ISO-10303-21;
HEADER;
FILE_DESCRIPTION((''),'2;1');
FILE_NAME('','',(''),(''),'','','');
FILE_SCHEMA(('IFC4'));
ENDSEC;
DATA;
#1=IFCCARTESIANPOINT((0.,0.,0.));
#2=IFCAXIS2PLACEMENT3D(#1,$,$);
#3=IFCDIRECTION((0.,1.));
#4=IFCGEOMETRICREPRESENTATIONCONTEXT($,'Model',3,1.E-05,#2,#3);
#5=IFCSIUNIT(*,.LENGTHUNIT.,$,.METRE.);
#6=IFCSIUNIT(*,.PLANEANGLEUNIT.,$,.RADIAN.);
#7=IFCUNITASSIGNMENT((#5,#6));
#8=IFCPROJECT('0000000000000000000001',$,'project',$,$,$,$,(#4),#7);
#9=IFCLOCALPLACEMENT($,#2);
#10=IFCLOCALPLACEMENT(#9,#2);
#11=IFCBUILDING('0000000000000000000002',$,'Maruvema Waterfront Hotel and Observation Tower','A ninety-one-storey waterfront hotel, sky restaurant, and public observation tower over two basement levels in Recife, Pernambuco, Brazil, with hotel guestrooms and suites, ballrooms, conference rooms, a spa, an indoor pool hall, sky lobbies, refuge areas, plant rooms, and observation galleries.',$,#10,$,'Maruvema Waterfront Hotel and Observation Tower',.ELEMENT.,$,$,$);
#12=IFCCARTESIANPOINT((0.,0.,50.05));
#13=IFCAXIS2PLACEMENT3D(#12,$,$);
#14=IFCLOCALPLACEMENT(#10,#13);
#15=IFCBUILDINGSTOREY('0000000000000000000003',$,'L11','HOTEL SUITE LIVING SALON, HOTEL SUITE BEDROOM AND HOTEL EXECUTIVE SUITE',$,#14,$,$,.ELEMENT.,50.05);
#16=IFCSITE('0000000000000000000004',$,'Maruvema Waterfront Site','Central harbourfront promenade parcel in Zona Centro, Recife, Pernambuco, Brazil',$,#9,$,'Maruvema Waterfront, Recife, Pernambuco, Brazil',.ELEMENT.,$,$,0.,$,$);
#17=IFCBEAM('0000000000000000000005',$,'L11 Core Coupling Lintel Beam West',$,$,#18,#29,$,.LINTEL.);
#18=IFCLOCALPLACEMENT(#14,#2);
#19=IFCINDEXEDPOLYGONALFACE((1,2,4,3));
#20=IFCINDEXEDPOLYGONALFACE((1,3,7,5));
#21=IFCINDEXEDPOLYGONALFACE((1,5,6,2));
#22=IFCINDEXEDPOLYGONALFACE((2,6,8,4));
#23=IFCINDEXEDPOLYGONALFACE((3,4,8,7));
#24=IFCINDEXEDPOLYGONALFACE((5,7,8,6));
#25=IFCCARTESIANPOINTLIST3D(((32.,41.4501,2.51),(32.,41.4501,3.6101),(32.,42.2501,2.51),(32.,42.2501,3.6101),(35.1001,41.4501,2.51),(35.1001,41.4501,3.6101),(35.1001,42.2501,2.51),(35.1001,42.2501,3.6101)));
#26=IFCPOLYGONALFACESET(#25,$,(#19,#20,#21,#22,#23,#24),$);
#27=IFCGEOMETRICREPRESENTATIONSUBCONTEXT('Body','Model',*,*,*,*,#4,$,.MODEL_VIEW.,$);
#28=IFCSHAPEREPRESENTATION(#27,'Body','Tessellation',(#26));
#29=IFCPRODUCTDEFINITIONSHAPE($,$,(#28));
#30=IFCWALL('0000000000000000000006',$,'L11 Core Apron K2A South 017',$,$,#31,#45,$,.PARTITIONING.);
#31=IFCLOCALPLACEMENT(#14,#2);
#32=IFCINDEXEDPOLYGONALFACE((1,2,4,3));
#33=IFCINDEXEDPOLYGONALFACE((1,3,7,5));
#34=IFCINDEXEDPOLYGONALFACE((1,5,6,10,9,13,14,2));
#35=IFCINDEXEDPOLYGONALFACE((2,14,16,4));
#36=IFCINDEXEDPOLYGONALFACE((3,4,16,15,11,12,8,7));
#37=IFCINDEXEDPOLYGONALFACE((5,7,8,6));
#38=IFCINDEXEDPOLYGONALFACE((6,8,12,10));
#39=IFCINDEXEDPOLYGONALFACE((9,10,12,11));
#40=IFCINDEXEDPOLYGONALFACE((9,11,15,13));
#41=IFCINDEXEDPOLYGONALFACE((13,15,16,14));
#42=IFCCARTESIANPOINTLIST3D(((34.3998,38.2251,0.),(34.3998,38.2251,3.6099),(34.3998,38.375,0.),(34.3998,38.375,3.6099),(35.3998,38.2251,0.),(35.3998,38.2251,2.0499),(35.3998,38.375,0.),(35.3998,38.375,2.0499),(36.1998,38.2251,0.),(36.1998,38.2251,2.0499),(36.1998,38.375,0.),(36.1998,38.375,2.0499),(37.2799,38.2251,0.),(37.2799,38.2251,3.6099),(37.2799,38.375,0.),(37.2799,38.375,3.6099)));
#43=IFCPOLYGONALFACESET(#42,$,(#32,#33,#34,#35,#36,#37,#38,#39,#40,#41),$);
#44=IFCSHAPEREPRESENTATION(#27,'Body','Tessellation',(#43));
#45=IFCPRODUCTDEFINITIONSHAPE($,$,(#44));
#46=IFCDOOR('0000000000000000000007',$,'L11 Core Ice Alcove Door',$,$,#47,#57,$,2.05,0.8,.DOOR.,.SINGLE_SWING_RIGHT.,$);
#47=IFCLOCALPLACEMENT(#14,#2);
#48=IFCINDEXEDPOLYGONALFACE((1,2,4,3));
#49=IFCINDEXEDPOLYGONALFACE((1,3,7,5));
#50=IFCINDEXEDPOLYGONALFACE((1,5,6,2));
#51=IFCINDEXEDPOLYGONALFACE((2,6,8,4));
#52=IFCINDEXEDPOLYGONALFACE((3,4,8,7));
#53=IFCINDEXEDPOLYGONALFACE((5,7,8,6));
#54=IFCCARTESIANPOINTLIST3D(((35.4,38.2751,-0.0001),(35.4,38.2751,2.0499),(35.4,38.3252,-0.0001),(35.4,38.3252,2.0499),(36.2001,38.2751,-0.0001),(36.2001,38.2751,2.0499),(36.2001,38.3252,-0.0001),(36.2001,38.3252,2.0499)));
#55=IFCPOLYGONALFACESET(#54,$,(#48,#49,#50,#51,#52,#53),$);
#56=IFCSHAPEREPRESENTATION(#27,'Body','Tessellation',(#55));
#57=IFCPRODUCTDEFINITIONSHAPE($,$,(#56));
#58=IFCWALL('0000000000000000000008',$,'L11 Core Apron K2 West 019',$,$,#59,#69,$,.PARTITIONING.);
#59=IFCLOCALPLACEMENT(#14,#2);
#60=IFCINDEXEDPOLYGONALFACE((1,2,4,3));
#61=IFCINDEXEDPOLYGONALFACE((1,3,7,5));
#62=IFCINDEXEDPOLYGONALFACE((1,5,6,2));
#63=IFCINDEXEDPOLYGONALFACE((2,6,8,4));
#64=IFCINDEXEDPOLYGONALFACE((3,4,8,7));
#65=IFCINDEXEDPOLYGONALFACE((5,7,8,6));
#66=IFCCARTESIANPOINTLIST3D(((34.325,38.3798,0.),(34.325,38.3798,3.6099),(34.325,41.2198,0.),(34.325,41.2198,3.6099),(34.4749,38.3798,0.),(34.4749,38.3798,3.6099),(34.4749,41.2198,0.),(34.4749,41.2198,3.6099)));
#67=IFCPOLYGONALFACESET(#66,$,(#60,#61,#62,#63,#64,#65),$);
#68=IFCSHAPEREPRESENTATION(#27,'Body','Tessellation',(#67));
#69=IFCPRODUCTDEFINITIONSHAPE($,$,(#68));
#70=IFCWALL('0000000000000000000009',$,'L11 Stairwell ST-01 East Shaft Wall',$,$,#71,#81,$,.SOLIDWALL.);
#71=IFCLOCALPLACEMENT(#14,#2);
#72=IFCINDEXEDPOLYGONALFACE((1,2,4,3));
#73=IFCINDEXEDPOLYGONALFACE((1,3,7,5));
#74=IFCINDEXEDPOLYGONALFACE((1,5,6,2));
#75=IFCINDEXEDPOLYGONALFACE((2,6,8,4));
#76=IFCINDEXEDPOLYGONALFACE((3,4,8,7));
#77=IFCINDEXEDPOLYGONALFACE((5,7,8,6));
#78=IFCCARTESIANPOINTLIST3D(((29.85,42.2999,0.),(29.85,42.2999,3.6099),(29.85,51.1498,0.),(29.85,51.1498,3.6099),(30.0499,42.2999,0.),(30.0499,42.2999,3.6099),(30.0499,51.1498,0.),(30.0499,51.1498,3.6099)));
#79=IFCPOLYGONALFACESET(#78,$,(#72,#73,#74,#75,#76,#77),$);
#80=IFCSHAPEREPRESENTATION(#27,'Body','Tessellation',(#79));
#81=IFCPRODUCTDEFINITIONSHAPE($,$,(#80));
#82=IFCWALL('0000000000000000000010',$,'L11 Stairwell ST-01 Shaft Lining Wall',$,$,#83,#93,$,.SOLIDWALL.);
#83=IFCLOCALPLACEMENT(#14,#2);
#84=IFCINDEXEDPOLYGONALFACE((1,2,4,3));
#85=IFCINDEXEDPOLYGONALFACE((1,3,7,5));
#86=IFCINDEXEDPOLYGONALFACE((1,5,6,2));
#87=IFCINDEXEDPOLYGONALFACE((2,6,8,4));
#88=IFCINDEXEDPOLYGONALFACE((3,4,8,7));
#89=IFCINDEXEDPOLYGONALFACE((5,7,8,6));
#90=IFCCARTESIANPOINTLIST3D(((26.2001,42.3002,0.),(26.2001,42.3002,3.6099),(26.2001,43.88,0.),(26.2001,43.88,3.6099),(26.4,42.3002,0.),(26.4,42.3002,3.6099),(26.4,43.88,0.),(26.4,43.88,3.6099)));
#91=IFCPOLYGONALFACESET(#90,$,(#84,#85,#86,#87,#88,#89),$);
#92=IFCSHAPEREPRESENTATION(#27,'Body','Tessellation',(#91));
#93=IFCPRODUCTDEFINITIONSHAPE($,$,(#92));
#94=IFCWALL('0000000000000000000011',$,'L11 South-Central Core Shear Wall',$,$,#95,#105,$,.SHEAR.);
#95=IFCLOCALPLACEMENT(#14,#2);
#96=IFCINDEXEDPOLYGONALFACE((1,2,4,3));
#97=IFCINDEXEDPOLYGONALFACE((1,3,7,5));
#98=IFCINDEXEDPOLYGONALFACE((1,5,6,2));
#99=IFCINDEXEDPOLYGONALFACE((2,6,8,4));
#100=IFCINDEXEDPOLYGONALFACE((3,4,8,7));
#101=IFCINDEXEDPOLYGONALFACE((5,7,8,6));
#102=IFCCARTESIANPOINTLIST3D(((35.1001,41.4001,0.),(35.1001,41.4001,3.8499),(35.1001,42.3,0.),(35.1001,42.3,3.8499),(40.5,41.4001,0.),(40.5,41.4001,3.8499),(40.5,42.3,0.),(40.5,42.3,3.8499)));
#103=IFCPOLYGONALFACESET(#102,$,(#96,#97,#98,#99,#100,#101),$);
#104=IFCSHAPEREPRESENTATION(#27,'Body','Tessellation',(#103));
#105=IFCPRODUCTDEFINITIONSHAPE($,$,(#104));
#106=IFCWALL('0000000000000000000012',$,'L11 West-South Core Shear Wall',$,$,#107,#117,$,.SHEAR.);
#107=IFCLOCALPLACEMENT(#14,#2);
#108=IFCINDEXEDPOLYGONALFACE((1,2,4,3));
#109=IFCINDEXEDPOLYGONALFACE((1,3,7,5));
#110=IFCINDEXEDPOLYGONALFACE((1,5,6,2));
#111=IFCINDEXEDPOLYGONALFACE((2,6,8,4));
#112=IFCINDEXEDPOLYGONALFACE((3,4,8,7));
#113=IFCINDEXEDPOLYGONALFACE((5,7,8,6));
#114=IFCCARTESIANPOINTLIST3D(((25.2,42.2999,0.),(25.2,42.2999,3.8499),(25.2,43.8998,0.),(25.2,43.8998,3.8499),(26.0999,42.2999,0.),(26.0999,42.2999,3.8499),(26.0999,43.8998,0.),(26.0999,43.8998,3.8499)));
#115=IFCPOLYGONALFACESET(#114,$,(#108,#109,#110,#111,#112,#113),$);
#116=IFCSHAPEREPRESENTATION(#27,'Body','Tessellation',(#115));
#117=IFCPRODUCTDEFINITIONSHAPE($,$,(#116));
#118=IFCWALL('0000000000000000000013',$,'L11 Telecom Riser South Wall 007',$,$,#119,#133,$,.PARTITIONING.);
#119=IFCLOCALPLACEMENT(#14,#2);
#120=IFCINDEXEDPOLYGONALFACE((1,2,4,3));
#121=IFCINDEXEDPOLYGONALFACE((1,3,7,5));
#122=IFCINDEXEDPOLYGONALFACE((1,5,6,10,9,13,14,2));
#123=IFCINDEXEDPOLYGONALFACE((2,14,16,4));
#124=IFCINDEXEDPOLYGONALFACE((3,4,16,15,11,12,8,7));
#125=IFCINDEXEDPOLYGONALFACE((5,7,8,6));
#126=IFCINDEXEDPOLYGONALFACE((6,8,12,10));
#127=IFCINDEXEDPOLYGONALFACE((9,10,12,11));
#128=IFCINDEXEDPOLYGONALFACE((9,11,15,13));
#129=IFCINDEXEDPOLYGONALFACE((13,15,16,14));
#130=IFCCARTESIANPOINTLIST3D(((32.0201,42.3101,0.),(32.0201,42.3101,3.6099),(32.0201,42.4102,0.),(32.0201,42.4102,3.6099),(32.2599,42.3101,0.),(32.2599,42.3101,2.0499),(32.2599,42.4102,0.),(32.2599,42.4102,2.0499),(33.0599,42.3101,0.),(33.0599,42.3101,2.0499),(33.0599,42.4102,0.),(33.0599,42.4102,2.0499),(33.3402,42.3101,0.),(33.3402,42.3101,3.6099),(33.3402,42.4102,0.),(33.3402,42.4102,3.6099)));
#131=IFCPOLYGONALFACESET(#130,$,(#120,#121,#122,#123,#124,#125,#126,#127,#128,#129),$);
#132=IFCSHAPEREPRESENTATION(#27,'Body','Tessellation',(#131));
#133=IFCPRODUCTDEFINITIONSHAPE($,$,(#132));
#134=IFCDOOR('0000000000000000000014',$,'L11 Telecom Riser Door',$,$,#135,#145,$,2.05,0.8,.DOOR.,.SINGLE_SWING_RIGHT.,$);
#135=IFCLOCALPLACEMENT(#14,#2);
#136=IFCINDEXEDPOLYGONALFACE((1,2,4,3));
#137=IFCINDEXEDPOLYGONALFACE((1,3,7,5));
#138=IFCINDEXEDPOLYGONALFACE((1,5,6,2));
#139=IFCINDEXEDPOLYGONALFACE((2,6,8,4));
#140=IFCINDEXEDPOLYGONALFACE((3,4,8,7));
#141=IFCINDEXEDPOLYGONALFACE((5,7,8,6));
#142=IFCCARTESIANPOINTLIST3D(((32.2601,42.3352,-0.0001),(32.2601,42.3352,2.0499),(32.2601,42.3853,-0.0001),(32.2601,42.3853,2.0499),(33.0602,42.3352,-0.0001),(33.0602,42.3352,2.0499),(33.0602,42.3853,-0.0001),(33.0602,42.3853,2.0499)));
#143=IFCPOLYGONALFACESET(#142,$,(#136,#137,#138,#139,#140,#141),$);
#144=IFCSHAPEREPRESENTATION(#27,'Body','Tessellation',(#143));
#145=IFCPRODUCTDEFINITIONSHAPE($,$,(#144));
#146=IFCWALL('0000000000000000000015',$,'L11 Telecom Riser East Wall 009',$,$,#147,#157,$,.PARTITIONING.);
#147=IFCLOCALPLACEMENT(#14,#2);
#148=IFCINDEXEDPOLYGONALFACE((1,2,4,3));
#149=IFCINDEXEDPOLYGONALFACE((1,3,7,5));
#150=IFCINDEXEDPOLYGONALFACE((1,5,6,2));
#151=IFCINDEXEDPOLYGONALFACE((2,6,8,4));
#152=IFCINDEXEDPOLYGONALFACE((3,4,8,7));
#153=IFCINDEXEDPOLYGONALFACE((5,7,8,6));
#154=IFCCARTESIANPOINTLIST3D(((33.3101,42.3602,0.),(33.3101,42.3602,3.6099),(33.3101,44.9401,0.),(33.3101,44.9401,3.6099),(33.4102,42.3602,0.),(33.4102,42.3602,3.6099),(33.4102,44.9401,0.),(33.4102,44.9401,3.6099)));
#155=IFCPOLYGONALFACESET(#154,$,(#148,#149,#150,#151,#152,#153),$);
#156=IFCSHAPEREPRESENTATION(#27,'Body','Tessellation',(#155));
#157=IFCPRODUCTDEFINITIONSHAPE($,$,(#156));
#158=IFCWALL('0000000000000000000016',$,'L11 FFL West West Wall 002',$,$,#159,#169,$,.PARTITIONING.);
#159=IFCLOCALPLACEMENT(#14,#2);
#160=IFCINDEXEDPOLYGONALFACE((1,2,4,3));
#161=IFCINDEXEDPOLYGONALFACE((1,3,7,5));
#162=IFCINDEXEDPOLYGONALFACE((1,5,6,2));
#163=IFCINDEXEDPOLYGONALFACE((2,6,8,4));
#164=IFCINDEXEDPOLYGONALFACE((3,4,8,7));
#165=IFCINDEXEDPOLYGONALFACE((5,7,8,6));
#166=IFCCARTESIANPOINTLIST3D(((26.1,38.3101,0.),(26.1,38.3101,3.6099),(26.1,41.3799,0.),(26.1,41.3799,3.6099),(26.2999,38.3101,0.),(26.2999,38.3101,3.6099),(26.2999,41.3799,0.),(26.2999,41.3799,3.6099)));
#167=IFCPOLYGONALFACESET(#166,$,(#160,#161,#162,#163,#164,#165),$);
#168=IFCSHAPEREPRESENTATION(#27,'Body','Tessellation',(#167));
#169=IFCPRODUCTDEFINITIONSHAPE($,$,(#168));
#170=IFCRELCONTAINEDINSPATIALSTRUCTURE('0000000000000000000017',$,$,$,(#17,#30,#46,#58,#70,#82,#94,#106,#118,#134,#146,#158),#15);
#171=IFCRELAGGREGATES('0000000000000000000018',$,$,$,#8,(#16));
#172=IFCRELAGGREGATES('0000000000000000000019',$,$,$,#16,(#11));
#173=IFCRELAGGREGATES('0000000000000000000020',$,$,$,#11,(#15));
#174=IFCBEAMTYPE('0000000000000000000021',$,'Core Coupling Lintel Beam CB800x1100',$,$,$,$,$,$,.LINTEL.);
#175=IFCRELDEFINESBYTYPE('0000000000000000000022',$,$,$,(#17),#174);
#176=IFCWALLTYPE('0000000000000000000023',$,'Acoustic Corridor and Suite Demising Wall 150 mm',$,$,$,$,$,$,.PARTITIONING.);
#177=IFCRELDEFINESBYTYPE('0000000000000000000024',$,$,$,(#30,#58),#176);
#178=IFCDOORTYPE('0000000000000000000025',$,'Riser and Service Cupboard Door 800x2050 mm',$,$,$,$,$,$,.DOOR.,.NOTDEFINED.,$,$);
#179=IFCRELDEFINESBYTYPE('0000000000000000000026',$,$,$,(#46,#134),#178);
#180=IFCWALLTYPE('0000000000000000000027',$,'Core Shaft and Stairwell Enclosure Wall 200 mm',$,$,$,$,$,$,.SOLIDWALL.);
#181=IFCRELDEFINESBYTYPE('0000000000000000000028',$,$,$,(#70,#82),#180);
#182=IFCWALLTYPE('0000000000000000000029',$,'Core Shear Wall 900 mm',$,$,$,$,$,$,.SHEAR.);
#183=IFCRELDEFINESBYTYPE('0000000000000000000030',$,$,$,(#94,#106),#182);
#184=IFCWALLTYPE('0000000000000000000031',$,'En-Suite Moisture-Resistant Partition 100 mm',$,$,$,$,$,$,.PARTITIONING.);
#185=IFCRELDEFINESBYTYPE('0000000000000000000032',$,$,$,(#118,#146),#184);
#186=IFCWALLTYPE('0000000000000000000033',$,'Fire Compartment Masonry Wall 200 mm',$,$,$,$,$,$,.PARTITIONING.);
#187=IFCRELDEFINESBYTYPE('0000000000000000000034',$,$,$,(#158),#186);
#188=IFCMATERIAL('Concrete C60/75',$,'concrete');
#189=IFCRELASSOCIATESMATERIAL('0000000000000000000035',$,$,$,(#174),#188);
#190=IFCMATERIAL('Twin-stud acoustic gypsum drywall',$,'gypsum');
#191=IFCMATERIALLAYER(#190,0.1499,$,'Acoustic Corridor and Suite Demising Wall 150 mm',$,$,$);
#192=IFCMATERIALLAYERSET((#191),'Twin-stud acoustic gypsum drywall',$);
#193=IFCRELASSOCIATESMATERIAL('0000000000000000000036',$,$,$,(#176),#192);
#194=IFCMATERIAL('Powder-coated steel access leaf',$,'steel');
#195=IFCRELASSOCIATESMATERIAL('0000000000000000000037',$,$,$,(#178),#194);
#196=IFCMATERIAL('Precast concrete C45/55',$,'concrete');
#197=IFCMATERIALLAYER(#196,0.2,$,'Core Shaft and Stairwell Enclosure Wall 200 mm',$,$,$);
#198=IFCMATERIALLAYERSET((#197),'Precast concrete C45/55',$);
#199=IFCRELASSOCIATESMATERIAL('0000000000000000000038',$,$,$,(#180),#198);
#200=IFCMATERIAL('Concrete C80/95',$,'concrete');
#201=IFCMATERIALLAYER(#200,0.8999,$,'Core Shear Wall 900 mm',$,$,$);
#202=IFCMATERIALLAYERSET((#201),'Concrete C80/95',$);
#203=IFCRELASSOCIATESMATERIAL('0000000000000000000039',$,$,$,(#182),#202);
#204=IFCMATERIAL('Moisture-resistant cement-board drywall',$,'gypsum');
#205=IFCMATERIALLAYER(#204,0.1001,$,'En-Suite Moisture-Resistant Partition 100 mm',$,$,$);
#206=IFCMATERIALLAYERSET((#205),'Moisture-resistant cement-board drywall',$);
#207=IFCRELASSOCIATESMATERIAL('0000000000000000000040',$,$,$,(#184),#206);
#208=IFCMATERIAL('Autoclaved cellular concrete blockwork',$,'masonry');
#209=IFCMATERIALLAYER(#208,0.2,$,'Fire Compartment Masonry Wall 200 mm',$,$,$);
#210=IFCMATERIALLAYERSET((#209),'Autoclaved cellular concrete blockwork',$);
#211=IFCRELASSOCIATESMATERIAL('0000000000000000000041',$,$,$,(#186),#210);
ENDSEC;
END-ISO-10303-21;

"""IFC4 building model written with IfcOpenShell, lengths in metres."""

from ifc_helpers import new_model, si_unit, direction, frame, frame_2d, origin, origin_2d, place, context, subcontext, project, spatial, rectangle, extrude, material, layer, layer_set, material_profile, profile_set, type_object, element, fill, save


model = new_model("IFC4")

# Units and contexts
model_context = context("Model", 3, precision=1e-05, world=origin(), true_north=direction((0.0, 1.0)))
body_context = subcontext(model_context, "Body", "Model", "MODEL_VIEW")
ifc_project = project(units=[si_unit("LENGTHUNIT", "METRE"), si_unit("PLANEANGLEUNIT", "RADIAN")], contexts=[model_context])

# Site, building, storey
site_placement = place(None, origin())
site = spatial("IfcSite", under=ifc_project, at=site_placement, Name="Maruvema Waterfront Site", Description="Central harbourfront promenade parcel in Zona Centro, Recife, Pernambuco, Brazil", LongName="Maruvema Waterfront, Recife, Pernambuco, Brazil", CompositionType="ELEMENT", RefElevation=0.0)
building_placement = place(site_placement, origin())
building = spatial("IfcBuilding", under=site, at=building_placement, Name="Maruvema Waterfront Hotel and Observation Tower", Description="A ninety-one-storey waterfront hotel, sky restaurant, and public observation tower over two basement levels in Recife, Pernambuco, Brazil, with hotel guestrooms and suites, ballrooms, conference rooms, a spa, an indoor pool hall, sky lobbies, refuge areas, plant rooms, and observation galleries.", LongName="Maruvema Waterfront Hotel and Observation Tower", CompositionType="ELEMENT")
storey_placement = place(building_placement, frame((0.0, 0.0, 50.05)))
storey = spatial("IfcBuildingStorey", under=building, at=storey_placement, Name="L11", Description="HOTEL SUITE LIVING SALON, HOTEL SUITE BEDROOM AND HOTEL EXECUTIVE SUITE", CompositionType="ELEMENT", Elevation=50.05)

# Beam
ifc_material_1 = material(Name="Concrete C60/75", Category="concrete")
ifc_material_profile = material_profile(ifc_material_1, rectangle(XDim=0.8, YDim=1.1001, at=origin_2d()), Name="CB800x1100")
ifc_profile_set = profile_set([ifc_material_profile], Name="Concrete C60/75")
beam_type = type_object("IfcBeamType", Name="Core Coupling Lintel Beam CB800x1100", PredefinedType="LINTEL", material=ifc_profile_set)
beam_placement = place(storey_placement, frame((32.0, 41.8501, 3.0601), z_axis=(1.0, 0.0, 0.0), x_axis=(0.0, 1.0, 0.0)))
element("IfcBeam", 1, at=beam_placement, inside=storey, type_object=beam_type, Name="L11 Core Coupling Lintel Beam West", PredefinedType="LINTEL", context=body_context, shape_type="SweptSolid", body=[
    extrude(rectangle(XDim=0.8, YDim=1.1001, at=origin_2d()), origin(), (0.0, 0.0, 1.0), 3.1001),
])

# Wall, opening, door
ifc_material_2 = material(Name="Twin-stud acoustic gypsum drywall", Category="gypsum")
ifc_layer_1 = layer(ifc_material_2, 0.1499, Name="Acoustic Corridor and Suite Demising Wall 150 mm")
ifc_layer_set_1 = layer_set([ifc_layer_1], Name="Twin-stud acoustic gypsum drywall")
wall_type_1 = type_object("IfcWallType", Name="Acoustic Corridor and Suite Demising Wall 150 mm", PredefinedType="PARTITIONING", material=ifc_layer_set_1)
wall_1_placement = place(storey_placement, frame((34.3999, 38.3, 0.0), z_axis=(0.0, 0.0, 1.0), x_axis=(1.0, 0.0, 0.0)))
wall_1 = element("IfcWall", 2, at=wall_1_placement, inside=storey, type_object=wall_type_1, Name="L11 Core Apron K2A South 017", PredefinedType="PARTITIONING", context=body_context, shape_type="SweptSolid", body=[
    extrude(rectangle(XDim=2.8801, YDim=0.1499, at=frame_2d((1.4399, 0.0))), origin(), (0.0, 0.0, 1.0), 3.6099),
])
opening_1_placement = place(wall_1_placement, frame((1.0, 0.0, 0.0)))
opening_1 = element("IfcOpeningElement", 3, at=opening_1_placement, cuts=wall_1, PredefinedType="OPENING", context=body_context, shape_type="SweptSolid", body=[
    extrude(rectangle(XDim=0.8, YDim=2.05, at=frame_2d((0.3999, 1.0249))), frame((0.0, 0.085, 0.0), z_axis=(0.0, -1.0, 0.0), x_axis=(1.0, 0.0, 0.0)), (0.0, 0.0, 1.0), 0.1699),
])
ifc_material_3 = material(Name="Powder-coated steel access leaf", Category="steel")
door_type_1 = type_object("IfcDoorType", Name="Riser and Service Cupboard Door 800x2050 mm", OperationType="NOTDEFINED", PredefinedType="DOOR", material=ifc_material_3)
door_1_placement = place(opening_1_placement, frame((0.8, 0.0, 0.0), z_axis=(0.0, 0.0, 1.0), x_axis=(-1.0, 0.0, 0.0)))
door_1 = element("IfcDoor", 4, at=door_1_placement, inside=storey, type_object=door_type_1, Name="L11 Core Ice Alcove Door", OperationType="SINGLE_SWING_RIGHT", OverallHeight=2.05, OverallWidth=0.8, PredefinedType="DOOR", context=body_context, shape_type="SweptSolid", body=[
    extrude(rectangle(XDim=0.8, YDim=2.05, at=frame_2d((0.3999, 1.0249))), frame((0.0, 0.0249, 0.0), z_axis=(0.0, -1.0, 0.0), x_axis=(1.0, 0.0, 0.0)), (0.0, 0.0, 1.0), 0.05),
])
fill(opening_1, door_1)

# Walls
wall_2_placement = place(storey_placement, frame((34.3999, 38.3799, 0.0), z_axis=(0.0, 0.0, 1.0), x_axis=(0.0, 1.0, 0.0)))
element("IfcWall", 5, at=wall_2_placement, inside=storey, type_object=wall_type_1, Name="L11 Core Apron K2 West 019", PredefinedType="PARTITIONING", context=body_context, shape_type="SweptSolid", body=[
    extrude(rectangle(XDim=2.8401, YDim=0.1499, at=frame_2d((1.4199, 0.0))), origin(), (0.0, 0.0, 1.0), 3.6099),
])
ifc_material_4 = material(Name="Precast concrete C45/55", Category="concrete")
ifc_layer_2 = layer(ifc_material_4, 0.2, Name="Core Shaft and Stairwell Enclosure Wall 200 mm")
ifc_layer_set_2 = layer_set([ifc_layer_2], Name="Precast concrete C45/55")
wall_type_2 = type_object("IfcWallType", Name="Core Shaft and Stairwell Enclosure Wall 200 mm", PredefinedType="SOLIDWALL", material=ifc_layer_set_2)
wall_3_placement = place(storey_placement, frame((29.95, 42.3, 0.0), z_axis=(0.0, 0.0, 1.0), x_axis=(0.0, 1.0, 0.0)))
element("IfcWall", 6, at=wall_3_placement, inside=storey, type_object=wall_type_2, Name="L11 Stairwell ST-01 East Shaft Wall", PredefinedType="SOLIDWALL", context=body_context, shape_type="SweptSolid", body=[
    extrude(rectangle(XDim=8.8499, YDim=0.2, at=frame_2d((4.4248, 0.0))), origin(), (0.0, 0.0, 1.0), 3.6099),
])
wall_4_placement = place(storey_placement, frame((26.3, 42.3, 0.0), z_axis=(0.0, 0.0, 1.0), x_axis=(0.0, 1.0, 0.0)))
element("IfcWall", 7, at=wall_4_placement, inside=storey, type_object=wall_type_2, Name="L11 Stairwell ST-01 Shaft Lining Wall", PredefinedType="SOLIDWALL", context=body_context, shape_type="SweptSolid", body=[
    extrude(rectangle(XDim=1.5798, YDim=0.2, at=frame_2d((0.79, 0.0))), origin(), (0.0, 0.0, 1.0), 3.6099),
])

# Shared definitions
ifc_material_5 = material(Name="Concrete C80/95", Category="concrete")
ifc_layer_3 = layer(ifc_material_5, 0.8999, Name="Core Shear Wall 900 mm")
ifc_layer_set_3 = layer_set([ifc_layer_3], Name="Concrete C80/95")
wall_type_3 = type_object("IfcWallType", Name="Core Shear Wall 900 mm", PredefinedType="SHEAR", material=ifc_layer_set_3)

# Walls
wall_5_placement = place(storey_placement, frame((35.1001, 41.8501, 0.0), z_axis=(0.0, 0.0, 1.0), x_axis=(1.0, 0.0, 0.0)))
element("IfcWall", 8, at=wall_5_placement, inside=storey, type_object=wall_type_3, Name="L11 South-Central Core Shear Wall", PredefinedType="SHEAR", context=body_context, shape_type="SweptSolid", body=[
    extrude(rectangle(XDim=5.3999, YDim=0.8999, at=frame_2d((2.7, 0.0))), origin(), (0.0, 0.0, 1.0), 3.8499),
])
wall_6_placement = place(storey_placement, frame((25.6499, 42.3, 0.0), z_axis=(0.0, 0.0, 1.0), x_axis=(0.0, 1.0, 0.0)))
element("IfcWall", 9, at=wall_6_placement, inside=storey, type_object=wall_type_3, Name="L11 West-South Core Shear Wall", PredefinedType="SHEAR", context=body_context, shape_type="SweptSolid", body=[
    extrude(rectangle(XDim=1.5999, YDim=0.8999, at=frame_2d((0.7998, 0.0))), origin(), (0.0, 0.0, 1.0), 3.8499),
])

# Wall, opening, door
ifc_material_6 = material(Name="Moisture-resistant cement-board drywall", Category="gypsum")
ifc_layer_4 = layer(ifc_material_6, 0.1001, Name="En-Suite Moisture-Resistant Partition 100 mm")
ifc_layer_set_4 = layer_set([ifc_layer_4], Name="Moisture-resistant cement-board drywall")
wall_type_4 = type_object("IfcWallType", Name="En-Suite Moisture-Resistant Partition 100 mm", PredefinedType="PARTITIONING", material=ifc_layer_set_4)
wall_7_placement = place(storey_placement, frame((32.02, 42.3601, 0.0), z_axis=(0.0, 0.0, 1.0), x_axis=(1.0, 0.0, 0.0)))
wall_7 = element("IfcWall", 10, at=wall_7_placement, inside=storey, type_object=wall_type_4, Name="L11 Telecom Riser South Wall 007", PredefinedType="PARTITIONING", context=body_context, shape_type="SweptSolid", body=[
    extrude(rectangle(XDim=1.3201, YDim=0.1001, at=frame_2d((0.6602, 0.0))), origin(), (0.0, 0.0, 1.0), 3.6099),
])
opening_2_placement = place(wall_7_placement, frame((0.24, 0.0, 0.0)))
opening_2 = element("IfcOpeningElement", 11, at=opening_2_placement, cuts=wall_7, PredefinedType="OPENING", context=body_context, shape_type="SweptSolid", body=[
    extrude(rectangle(XDim=0.8, YDim=2.05, at=frame_2d((0.3999, 1.0249))), frame((0.0, 0.0601, 0.0), z_axis=(0.0, -1.0, 0.0), x_axis=(1.0, 0.0, 0.0)), (0.0, 0.0, 1.0), 0.1201),
])
door_2_placement = place(opening_2_placement, frame((0.8, 0.0, 0.0), z_axis=(0.0, 0.0, 1.0), x_axis=(-1.0, 0.0, 0.0)))
door_2 = element("IfcDoor", 12, at=door_2_placement, inside=storey, type_object=door_type_1, Name="L11 Telecom Riser Door", OperationType="SINGLE_SWING_RIGHT", OverallHeight=2.05, OverallWidth=0.8, PredefinedType="DOOR", context=body_context, shape_type="SweptSolid", body=[
    extrude(rectangle(XDim=0.8, YDim=2.05, at=frame_2d((0.3999, 1.0249))), frame((0.0, 0.0249, 0.0), z_axis=(0.0, -1.0, 0.0), x_axis=(1.0, 0.0, 0.0)), (0.0, 0.0, 1.0), 0.05),
])
fill(opening_2, door_2)

# Walls
wall_8_placement = place(storey_placement, frame((33.3601, 42.3601, 0.0), z_axis=(0.0, 0.0, 1.0), x_axis=(0.0, 1.0, 0.0)))
element("IfcWall", 13, at=wall_8_placement, inside=storey, type_object=wall_type_4, Name="L11 Telecom Riser East Wall 009", PredefinedType="PARTITIONING", context=body_context, shape_type="SweptSolid", body=[
    extrude(rectangle(XDim=2.5798, YDim=0.1001, at=frame_2d((1.29, 0.0))), origin(), (0.0, 0.0, 1.0), 3.6099),
])
ifc_material_7 = material(Name="Autoclaved cellular concrete blockwork", Category="masonry")
ifc_layer_5 = layer(ifc_material_7, 0.2, Name="Fire Compartment Masonry Wall 200 mm")
ifc_layer_set_5 = layer_set([ifc_layer_5], Name="Autoclaved cellular concrete blockwork")
wall_type_5 = type_object("IfcWallType", Name="Fire Compartment Masonry Wall 200 mm", PredefinedType="PARTITIONING", material=ifc_layer_set_5)
for number, where, z_axis, x_axis, name in (
    (14, (26.2, 38.3101, 0.0), (0.0, 0.0, 1.0), (0.0, 1.0, 0.0), "L11 FFL West West Wall 002"),
):
    element("IfcWall", number, at=place(storey_placement, frame(where, z_axis=z_axis, x_axis=x_axis)), inside=storey, type_object=wall_type_5, Name=name, PredefinedType="PARTITIONING", context=body_context, shape_type="SweptSolid", body=[
        extrude(rectangle(XDim=3.0698, YDim=0.2, at=frame_2d((1.5349, 0.0))), origin(), (0.0, 0.0, 1.0), 3.6099),
    ])

save(model, "model.ifc")
